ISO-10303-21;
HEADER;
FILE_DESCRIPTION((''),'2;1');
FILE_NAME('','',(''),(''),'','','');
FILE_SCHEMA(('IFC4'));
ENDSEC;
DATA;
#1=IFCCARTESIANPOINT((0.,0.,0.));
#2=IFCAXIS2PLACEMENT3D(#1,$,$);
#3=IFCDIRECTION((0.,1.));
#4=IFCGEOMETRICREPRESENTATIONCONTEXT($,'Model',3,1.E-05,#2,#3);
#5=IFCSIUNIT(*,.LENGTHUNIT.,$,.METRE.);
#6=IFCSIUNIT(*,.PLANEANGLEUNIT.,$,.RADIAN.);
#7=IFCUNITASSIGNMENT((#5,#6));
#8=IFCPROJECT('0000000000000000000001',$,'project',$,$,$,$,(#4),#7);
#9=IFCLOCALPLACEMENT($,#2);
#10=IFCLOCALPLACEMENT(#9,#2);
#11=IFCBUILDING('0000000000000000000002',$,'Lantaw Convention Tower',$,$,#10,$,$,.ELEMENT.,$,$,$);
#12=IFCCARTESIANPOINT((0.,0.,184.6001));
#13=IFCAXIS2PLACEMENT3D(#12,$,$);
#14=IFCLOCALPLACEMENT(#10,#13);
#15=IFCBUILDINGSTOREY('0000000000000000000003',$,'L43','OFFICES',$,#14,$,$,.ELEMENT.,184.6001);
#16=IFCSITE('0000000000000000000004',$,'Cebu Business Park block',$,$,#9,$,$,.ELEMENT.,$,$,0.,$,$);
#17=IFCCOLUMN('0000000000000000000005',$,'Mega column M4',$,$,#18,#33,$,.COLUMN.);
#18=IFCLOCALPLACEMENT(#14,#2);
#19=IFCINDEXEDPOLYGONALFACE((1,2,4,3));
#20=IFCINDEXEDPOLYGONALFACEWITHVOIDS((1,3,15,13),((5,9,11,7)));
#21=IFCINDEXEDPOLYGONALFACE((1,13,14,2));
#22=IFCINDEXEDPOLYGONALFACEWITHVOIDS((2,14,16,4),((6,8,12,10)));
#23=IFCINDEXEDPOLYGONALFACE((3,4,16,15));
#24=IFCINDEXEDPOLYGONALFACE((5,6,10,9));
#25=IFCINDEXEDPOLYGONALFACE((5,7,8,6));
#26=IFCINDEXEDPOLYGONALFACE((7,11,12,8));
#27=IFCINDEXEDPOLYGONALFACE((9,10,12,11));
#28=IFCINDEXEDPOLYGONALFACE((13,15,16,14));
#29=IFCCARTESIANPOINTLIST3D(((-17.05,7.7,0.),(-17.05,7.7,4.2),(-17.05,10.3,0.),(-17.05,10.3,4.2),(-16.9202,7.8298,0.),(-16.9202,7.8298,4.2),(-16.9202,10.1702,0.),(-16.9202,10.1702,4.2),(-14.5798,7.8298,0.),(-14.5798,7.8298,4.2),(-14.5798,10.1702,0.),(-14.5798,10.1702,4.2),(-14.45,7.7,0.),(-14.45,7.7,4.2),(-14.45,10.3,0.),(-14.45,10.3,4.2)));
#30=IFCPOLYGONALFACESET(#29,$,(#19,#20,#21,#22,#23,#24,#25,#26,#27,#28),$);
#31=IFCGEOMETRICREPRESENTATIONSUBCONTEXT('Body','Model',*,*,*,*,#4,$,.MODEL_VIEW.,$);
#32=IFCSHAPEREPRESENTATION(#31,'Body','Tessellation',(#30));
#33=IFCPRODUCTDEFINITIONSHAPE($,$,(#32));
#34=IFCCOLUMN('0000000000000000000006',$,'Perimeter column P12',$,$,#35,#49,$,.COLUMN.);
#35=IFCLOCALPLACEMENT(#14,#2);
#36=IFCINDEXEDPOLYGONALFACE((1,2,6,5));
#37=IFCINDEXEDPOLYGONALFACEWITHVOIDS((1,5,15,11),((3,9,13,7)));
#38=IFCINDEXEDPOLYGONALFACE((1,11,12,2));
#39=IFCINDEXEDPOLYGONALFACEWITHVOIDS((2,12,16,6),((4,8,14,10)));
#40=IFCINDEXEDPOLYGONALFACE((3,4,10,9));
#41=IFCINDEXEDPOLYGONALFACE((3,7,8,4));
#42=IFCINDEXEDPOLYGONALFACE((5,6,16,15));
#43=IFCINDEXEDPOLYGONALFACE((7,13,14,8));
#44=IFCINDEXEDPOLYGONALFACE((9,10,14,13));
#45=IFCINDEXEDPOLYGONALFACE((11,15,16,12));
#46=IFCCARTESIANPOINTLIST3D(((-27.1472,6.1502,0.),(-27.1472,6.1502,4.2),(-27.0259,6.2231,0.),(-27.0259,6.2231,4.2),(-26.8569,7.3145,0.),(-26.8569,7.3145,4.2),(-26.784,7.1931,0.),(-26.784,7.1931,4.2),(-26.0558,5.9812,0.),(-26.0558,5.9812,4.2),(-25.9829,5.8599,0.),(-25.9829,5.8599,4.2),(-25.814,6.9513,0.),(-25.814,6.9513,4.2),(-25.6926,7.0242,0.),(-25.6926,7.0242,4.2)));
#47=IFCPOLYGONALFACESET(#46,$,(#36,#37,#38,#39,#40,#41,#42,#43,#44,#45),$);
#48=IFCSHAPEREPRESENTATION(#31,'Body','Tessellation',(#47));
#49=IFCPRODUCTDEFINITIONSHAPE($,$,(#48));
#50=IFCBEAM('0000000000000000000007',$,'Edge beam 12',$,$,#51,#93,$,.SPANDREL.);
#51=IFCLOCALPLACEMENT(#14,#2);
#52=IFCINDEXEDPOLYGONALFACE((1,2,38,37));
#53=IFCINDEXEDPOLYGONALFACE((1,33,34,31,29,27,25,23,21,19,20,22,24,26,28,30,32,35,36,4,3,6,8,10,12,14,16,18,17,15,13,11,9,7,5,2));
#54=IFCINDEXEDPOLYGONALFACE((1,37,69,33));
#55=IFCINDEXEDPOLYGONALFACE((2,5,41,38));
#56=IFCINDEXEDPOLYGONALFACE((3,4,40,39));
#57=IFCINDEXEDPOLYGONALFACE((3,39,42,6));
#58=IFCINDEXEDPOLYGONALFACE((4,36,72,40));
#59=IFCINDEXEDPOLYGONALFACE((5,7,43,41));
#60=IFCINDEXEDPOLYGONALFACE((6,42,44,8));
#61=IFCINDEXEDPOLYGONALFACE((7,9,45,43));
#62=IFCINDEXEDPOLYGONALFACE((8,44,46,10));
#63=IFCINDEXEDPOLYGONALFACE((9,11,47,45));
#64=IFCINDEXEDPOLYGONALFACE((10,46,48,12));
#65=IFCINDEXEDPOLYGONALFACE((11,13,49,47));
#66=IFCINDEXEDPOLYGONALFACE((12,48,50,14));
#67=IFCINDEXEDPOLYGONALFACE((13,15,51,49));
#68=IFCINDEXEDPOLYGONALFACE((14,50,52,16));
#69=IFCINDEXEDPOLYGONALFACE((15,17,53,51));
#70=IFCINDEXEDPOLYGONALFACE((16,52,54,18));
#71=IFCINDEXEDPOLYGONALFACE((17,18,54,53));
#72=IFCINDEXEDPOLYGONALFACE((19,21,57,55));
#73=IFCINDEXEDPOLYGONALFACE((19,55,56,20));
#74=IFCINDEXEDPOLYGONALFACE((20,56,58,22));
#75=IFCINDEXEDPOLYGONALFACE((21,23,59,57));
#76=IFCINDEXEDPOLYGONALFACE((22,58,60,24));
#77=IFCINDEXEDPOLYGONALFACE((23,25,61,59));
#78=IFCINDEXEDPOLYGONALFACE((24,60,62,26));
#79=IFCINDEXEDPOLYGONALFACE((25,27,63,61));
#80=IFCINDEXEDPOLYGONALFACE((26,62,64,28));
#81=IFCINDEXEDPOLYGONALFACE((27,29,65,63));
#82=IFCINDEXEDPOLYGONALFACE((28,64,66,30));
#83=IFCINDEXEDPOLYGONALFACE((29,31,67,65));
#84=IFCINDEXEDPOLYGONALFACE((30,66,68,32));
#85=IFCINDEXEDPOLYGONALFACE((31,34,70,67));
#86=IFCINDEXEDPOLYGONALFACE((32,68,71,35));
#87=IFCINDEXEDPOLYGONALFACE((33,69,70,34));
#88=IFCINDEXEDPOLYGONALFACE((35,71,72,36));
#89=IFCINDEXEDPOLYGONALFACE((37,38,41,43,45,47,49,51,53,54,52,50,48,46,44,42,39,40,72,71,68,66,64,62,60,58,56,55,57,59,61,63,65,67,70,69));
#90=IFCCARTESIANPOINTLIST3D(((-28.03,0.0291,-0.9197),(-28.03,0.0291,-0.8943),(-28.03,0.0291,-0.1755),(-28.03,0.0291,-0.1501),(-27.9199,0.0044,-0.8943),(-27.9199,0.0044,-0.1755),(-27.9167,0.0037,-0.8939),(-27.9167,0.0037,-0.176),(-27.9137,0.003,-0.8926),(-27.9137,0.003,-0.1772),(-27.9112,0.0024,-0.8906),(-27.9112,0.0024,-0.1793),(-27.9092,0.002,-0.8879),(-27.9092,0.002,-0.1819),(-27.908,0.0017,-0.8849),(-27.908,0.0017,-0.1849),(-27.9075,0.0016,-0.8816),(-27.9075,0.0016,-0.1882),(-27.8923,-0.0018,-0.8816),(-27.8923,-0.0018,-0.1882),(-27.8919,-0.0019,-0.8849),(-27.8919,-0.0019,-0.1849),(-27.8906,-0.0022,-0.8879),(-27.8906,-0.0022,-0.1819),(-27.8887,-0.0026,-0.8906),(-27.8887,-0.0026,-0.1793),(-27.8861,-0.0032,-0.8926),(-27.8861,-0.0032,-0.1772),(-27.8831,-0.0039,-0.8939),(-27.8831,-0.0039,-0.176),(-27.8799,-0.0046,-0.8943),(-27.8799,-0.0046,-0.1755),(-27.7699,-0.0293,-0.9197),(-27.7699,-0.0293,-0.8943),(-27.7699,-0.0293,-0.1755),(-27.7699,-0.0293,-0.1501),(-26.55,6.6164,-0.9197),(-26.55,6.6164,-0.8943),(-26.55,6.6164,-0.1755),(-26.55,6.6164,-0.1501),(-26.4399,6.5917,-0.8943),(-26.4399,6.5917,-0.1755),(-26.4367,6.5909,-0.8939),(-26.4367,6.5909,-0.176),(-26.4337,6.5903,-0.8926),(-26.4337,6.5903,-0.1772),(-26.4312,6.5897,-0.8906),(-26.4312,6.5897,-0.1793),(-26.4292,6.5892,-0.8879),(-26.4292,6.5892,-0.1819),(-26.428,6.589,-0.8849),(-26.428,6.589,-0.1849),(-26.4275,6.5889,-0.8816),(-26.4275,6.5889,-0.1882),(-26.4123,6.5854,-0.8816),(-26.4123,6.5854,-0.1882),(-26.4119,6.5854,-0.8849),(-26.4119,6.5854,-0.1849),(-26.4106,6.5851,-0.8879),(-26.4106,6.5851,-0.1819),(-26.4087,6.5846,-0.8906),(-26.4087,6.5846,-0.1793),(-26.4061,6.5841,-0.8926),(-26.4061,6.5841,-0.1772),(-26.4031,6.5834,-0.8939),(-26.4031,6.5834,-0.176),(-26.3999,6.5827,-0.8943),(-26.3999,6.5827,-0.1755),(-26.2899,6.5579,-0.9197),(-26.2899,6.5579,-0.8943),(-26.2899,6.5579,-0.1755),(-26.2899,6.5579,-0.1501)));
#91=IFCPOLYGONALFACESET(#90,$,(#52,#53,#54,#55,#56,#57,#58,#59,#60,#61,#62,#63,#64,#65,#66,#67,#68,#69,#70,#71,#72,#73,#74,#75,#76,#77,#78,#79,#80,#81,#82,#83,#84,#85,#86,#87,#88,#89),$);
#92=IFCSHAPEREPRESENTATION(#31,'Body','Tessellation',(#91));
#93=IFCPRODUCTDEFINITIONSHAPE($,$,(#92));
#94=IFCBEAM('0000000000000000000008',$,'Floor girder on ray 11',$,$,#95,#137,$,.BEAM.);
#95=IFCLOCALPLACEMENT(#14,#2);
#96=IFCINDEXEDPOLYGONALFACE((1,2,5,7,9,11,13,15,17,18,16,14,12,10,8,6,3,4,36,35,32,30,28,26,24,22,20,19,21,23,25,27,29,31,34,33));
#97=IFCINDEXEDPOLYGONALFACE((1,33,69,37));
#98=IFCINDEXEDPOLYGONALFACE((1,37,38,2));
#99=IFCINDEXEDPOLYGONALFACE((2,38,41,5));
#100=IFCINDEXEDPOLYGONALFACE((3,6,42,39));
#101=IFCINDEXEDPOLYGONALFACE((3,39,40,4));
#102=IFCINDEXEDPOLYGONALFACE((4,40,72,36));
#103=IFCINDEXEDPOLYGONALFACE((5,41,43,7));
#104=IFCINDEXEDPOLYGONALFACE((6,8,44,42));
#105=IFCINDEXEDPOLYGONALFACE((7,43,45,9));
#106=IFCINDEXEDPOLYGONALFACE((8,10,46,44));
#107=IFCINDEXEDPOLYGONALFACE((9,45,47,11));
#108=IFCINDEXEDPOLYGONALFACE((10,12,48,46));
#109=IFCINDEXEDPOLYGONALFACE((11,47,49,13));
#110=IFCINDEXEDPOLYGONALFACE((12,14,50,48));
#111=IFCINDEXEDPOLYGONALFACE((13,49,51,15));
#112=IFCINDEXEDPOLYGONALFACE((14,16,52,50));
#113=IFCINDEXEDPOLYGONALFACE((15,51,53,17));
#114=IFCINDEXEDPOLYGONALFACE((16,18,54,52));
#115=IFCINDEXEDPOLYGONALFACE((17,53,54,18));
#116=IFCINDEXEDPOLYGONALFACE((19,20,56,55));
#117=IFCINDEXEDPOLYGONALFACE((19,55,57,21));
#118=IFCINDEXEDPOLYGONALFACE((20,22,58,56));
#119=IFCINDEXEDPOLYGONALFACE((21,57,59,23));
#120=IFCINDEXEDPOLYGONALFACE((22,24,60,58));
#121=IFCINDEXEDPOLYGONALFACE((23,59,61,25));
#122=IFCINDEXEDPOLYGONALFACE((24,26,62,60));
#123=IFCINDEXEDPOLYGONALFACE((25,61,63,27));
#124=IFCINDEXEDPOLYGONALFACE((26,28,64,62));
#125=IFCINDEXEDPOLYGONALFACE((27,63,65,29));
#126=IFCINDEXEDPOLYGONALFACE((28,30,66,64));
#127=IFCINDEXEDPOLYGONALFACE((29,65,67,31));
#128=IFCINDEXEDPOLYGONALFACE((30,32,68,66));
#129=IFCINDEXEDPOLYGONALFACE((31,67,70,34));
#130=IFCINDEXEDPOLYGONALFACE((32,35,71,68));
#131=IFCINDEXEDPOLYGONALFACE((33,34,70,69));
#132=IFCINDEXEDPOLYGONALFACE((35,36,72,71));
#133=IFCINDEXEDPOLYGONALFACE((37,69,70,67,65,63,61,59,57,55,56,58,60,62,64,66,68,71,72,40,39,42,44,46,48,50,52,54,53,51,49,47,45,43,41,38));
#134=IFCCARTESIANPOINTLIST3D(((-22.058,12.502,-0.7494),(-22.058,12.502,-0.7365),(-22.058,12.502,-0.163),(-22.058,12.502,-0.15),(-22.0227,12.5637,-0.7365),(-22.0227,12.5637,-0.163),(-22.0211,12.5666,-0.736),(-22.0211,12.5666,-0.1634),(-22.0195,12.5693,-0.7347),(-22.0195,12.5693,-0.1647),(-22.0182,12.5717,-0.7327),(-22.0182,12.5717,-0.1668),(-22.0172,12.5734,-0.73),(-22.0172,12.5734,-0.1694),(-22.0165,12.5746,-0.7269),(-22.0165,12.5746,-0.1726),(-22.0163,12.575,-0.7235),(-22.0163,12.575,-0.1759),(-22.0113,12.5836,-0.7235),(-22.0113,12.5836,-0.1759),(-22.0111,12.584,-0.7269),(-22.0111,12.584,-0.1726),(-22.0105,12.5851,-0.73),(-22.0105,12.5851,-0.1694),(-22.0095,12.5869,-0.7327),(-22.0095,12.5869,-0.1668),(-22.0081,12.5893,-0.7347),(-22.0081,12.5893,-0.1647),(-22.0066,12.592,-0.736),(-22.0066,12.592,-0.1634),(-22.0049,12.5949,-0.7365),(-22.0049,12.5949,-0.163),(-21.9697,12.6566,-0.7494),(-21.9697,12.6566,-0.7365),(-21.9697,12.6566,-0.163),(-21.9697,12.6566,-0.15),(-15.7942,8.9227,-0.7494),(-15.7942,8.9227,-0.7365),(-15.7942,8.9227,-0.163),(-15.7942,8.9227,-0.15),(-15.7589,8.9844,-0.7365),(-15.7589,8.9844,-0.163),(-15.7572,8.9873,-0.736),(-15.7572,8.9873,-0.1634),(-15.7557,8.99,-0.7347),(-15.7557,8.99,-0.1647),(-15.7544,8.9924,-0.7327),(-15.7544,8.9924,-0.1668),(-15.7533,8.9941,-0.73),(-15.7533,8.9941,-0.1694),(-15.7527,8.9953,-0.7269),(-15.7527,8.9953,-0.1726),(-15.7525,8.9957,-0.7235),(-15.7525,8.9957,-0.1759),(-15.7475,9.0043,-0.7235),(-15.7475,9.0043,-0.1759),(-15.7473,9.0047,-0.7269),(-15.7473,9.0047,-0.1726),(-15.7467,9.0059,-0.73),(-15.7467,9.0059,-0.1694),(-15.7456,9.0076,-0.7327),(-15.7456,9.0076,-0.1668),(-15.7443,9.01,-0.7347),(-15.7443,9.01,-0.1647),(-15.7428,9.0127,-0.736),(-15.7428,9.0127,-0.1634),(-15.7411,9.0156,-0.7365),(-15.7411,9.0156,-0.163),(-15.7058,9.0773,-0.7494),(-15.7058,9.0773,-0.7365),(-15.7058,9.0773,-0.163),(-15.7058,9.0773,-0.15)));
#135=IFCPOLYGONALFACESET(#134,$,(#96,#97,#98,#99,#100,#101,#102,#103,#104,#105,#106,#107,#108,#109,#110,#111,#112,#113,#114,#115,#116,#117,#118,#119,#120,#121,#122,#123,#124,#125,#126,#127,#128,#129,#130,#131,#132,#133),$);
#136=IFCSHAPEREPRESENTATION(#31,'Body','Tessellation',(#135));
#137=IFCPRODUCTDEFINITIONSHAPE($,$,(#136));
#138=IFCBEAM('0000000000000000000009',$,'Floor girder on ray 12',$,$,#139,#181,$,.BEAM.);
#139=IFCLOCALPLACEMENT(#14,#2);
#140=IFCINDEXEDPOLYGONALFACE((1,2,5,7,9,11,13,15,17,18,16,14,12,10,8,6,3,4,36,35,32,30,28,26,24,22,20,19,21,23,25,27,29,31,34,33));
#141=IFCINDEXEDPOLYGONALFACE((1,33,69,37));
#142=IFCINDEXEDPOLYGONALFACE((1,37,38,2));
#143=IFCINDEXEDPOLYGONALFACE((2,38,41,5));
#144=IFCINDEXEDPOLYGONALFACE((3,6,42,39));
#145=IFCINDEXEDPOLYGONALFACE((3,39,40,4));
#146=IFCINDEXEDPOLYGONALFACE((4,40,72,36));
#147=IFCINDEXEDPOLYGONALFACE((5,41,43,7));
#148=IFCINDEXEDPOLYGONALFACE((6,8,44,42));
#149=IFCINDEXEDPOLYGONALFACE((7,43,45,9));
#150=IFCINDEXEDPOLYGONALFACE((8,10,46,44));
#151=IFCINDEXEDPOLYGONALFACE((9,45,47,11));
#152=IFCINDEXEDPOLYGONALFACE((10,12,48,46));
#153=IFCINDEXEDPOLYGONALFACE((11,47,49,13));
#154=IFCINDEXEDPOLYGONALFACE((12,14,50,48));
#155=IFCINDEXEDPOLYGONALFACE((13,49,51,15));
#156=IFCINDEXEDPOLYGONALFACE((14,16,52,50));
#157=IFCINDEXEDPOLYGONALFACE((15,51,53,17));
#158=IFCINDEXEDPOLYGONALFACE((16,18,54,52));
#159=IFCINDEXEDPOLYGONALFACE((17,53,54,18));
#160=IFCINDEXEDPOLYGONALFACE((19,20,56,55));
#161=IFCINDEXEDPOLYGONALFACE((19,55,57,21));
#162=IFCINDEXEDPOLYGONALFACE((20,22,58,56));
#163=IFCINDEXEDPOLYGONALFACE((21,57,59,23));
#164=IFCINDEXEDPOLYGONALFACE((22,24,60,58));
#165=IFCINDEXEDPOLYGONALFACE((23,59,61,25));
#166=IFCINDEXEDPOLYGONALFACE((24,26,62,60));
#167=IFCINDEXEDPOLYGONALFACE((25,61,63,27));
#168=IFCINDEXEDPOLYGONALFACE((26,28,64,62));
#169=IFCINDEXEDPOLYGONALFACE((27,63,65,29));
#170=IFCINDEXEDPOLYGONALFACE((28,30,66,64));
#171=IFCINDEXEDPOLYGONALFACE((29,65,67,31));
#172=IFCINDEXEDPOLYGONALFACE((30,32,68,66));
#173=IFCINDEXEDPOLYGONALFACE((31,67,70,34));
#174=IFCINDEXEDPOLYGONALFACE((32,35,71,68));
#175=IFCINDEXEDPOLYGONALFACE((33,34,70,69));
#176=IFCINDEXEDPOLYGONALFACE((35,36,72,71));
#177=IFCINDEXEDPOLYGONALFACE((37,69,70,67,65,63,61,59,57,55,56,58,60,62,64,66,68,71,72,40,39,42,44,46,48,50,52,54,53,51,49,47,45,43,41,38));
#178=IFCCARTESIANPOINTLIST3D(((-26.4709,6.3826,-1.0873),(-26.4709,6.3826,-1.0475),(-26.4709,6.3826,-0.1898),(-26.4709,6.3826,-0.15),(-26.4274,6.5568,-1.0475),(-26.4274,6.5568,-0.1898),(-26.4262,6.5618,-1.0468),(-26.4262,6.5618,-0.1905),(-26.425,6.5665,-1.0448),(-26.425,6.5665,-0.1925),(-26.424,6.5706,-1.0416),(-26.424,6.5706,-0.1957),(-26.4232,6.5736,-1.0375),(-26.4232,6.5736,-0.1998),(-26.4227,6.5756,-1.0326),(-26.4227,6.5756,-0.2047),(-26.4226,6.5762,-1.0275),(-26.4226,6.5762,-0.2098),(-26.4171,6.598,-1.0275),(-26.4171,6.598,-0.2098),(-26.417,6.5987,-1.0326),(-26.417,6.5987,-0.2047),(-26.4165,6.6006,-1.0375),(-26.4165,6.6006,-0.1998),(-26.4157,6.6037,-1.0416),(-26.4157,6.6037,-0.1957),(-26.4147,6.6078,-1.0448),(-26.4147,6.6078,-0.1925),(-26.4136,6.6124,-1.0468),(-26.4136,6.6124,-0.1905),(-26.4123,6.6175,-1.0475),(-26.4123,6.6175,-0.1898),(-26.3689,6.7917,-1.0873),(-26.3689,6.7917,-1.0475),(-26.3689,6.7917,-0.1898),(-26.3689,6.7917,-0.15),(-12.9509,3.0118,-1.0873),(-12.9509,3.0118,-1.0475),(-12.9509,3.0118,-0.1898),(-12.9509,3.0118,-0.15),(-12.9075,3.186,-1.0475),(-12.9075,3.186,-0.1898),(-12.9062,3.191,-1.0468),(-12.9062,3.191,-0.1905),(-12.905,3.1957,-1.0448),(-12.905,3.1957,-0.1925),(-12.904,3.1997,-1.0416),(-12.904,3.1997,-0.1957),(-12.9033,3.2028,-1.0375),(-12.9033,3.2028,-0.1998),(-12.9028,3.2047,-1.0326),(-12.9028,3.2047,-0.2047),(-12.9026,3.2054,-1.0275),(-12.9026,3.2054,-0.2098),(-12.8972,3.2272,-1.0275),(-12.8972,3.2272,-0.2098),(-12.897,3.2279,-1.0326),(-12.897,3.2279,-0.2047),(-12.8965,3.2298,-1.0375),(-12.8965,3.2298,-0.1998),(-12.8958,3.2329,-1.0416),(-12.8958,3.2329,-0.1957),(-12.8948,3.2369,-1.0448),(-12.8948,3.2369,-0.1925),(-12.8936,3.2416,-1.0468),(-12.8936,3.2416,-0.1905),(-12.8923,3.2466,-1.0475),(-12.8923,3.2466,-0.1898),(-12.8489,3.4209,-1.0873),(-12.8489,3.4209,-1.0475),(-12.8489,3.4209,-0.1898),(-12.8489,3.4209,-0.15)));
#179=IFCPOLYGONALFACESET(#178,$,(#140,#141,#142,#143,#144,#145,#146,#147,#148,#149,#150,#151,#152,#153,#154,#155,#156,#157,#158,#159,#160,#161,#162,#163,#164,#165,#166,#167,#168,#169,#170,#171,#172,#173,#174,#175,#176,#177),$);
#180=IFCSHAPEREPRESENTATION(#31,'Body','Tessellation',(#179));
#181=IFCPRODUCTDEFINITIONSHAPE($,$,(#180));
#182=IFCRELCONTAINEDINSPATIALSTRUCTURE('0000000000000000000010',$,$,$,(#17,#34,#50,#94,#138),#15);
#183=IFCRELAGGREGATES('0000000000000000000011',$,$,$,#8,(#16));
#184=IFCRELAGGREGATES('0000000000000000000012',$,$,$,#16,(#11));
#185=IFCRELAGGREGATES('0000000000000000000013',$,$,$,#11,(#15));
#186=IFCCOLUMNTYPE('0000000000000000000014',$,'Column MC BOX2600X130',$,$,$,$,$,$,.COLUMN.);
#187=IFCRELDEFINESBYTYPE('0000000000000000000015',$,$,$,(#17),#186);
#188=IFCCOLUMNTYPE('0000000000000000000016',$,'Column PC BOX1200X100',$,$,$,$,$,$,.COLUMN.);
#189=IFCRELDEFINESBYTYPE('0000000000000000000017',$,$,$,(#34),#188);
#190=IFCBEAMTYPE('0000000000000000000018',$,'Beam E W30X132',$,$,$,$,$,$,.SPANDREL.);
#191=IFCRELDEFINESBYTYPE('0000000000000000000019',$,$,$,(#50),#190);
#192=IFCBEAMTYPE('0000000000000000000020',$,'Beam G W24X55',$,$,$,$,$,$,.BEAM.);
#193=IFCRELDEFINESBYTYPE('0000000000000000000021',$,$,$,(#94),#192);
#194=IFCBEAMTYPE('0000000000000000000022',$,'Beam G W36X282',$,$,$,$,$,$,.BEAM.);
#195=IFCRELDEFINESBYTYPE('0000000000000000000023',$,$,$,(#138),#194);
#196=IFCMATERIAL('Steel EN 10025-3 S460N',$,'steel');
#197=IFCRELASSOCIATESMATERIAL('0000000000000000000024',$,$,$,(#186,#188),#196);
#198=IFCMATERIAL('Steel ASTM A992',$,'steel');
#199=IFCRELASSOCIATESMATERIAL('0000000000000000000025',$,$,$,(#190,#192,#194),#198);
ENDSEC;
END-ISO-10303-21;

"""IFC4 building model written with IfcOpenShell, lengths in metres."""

from ifc_helpers import new_model, si_unit, direction, frame, origin, origin_2d, place, context, subcontext, project, spatial, rectangle, hollow_rectangle, i_section, extrude, material, material_profile, profile_set, type_object, element, save


model = new_model("IFC4")

# Units and contexts
model_context = context("Model", 3, precision=1e-05, world=origin(), true_north=direction((0.0, 1.0)))
body_context = subcontext(model_context, "Body", "Model", "MODEL_VIEW")
ifc_project = project(units=[si_unit("LENGTHUNIT", "METRE"), si_unit("PLANEANGLEUNIT", "RADIAN")], contexts=[model_context])

# Site, building, storey
site_placement = place(None, origin())
site = spatial("IfcSite", under=ifc_project, at=site_placement, Name="Cebu Business Park block", CompositionType="ELEMENT", RefElevation=0.0)
building_placement = place(site_placement, origin())
building = spatial("IfcBuilding", under=site, at=building_placement, Name="Lantaw Convention Tower", CompositionType="ELEMENT")
storey_placement = place(building_placement, frame((0.0, 0.0, 184.6001)))
storey = spatial("IfcBuildingStorey", under=building, at=storey_placement, Name="L43", Description="OFFICES", CompositionType="ELEMENT", Elevation=184.6001)

# Columns
ifc_material_1 = material(Name="Steel EN 10025-3 S460N", Category="steel")
ifc_material_profile_1 = material_profile(ifc_material_1, hollow_rectangle(XDim=2.6001, YDim=2.6001, WallThickness=0.1299, at=origin_2d()), Name="BOX2600X130")
ifc_material_2 = material(Name="Concrete C60/75", Category="concrete")
ifc_material_profile_2 = material_profile(ifc_material_2, rectangle(XDim=2.3401, YDim=2.3401, at=origin_2d()), Name="Concrete fill of BOX2600X130")
ifc_profile_set_1 = profile_set([ifc_material_profile_1, ifc_material_profile_2], Name="Steel EN 10025-3 S460N")
column_type_1 = type_object("IfcColumnType", Name="Column MC BOX2600X130", PredefinedType="COLUMN", material=ifc_profile_set_1)
column_1_placement = place(storey_placement, frame((-15.75, 9.0, 0.0), z_axis=(0.0, 0.0, 1.0), x_axis=(1.0, 0.0, 0.0)))
element("IfcColumn", 1, at=column_1_placement, inside=storey, type_object=column_type_1, Name="Mega column M4", PredefinedType="COLUMN", context=body_context, shape_type="SweptSolid", body=[
    extrude(hollow_rectangle(XDim=2.6001, YDim=2.6001, WallThickness=0.1299, at=origin_2d()), origin(), (0.0, 0.0, 1.0), 4.2),
])
ifc_material_profile_3 = material_profile(ifc_material_1, hollow_rectangle(XDim=1.2, YDim=1.2, WallThickness=0.1001, at=origin_2d()), Name="BOX1200X100")
ifc_material_profile_4 = material_profile(ifc_material_2, rectangle(XDim=1.0, YDim=1.0, at=origin_2d()), Name="Concrete fill of BOX1200X100")
ifc_profile_set_2 = profile_set([ifc_material_profile_3, ifc_material_profile_4], Name="Steel EN 10025-3 S460N")
column_type_2 = type_object("IfcColumnType", Name="Column PC BOX1200X100", PredefinedType="COLUMN", material=ifc_profile_set_2)
column_2_placement = place(storey_placement, frame((-26.4199, 6.5872, 0.0), z_axis=(0.0, 0.0, 1.0), x_axis=(0.241922, 0.970296, 0.0)))
element("IfcColumn", 2, at=column_2_placement, inside=storey, type_object=column_type_2, Name="Perimeter column P12", PredefinedType="COLUMN", context=body_context, shape_type="SweptSolid", body=[
    extrude(hollow_rectangle(XDim=1.2, YDim=1.2, WallThickness=0.1001, at=origin_2d()), origin(), (0.0, 0.0, 1.0), 4.2),
])

# Beams
ifc_material_3 = material(Name="Steel ASTM A992", Category="steel")
ifc_material_profile_5 = material_profile(ifc_material_3, i_section(OverallWidth=0.2666, OverallDepth=0.7695, WebThickness=0.0156, FlangeThickness=0.0254, FilletRadius=0.0127, at=origin_2d()), Name="W30X132")
ifc_profile_set_3 = profile_set([ifc_material_profile_5], Name="Steel ASTM A992")
beam_type_1 = type_object("IfcBeamType", Name="Beam E W30X132", PredefinedType="SPANDREL", material=ifc_profile_set_3)
beam_1_placement = place(storey_placement, frame((-26.4199, 6.5872, -0.5349), z_axis=(-0.219212, -0.975677, 0.0), x_axis=(0.975677, -0.219212, 0.0)))
element("IfcBeam", 3, at=beam_1_placement, inside=storey, type_object=beam_type_1, Name="Edge beam 12", PredefinedType="SPANDREL", context=body_context, shape_type="SweptSolid", body=[
    extrude(i_section(OverallWidth=0.2666, OverallDepth=0.7695, WebThickness=0.0156, FlangeThickness=0.0254, FilletRadius=0.0127, at=origin_2d()), origin(), (0.0, 0.0, 1.0), 6.7515),
])
ifc_material_profile_6 = material_profile(ifc_material_3, i_section(OverallWidth=0.178, OverallDepth=0.5994, WebThickness=0.01, FlangeThickness=0.0129, FilletRadius=0.0129, at=origin_2d()), Name="W24X55")
ifc_profile_set_4 = profile_set([ifc_material_profile_6], Name="Steel ASTM A992")
beam_type_2 = type_object("IfcBeamType", Name="Beam G W24X55", PredefinedType="BEAM", material=ifc_profile_set_4)
beam_2_placement = place(storey_placement, frame((-15.75, 9.0, -0.4497), z_axis=(-0.868245, 0.496135, 0.0), x_axis=(-0.496135, -0.868245, 0.0)))
element("IfcBeam", 4, at=beam_2_placement, inside=storey, type_object=beam_type_2, Name="Floor girder on ray 11", PredefinedType="BEAM", context=body_context, shape_type="SweptSolid", body=[
    extrude(i_section(OverallWidth=0.178, OverallDepth=0.5994, WebThickness=0.01, FlangeThickness=0.0129, FilletRadius=0.0129, at=origin_2d()), origin(), (0.0, 0.0, 1.0), 7.2144),
])
ifc_material_profile_7 = material_profile(ifc_material_3, i_section(OverallWidth=0.4216, OverallDepth=0.9373, WebThickness=0.0225, FlangeThickness=0.0398, FilletRadius=0.02, at=origin_2d()), Name="W36X282")
ifc_profile_set_5 = profile_set([ifc_material_profile_7], Name="Steel ASTM A992")
beam_type_3 = type_object("IfcBeamType", Name="Beam G W36X282", PredefinedType="BEAM", material=ifc_profile_set_5)
beam_3_placement = place(storey_placement, frame((-12.8999, 3.2163, -0.6187), z_axis=(-0.970297, 0.241917, 0.0), x_axis=(-0.241917, -0.970297, 0.0)))
element("IfcBeam", 5, at=beam_3_placement, inside=storey, type_object=beam_type_3, Name="Floor girder on ray 12", PredefinedType="BEAM", context=body_context, shape_type="SweptSolid", body=[
    extrude(i_section(OverallWidth=0.4216, OverallDepth=0.9373, WebThickness=0.0225, FlangeThickness=0.0398, FilletRadius=0.02, at=origin_2d()), origin(), (0.0, 0.0, 1.0), 13.9338),
])

save(model, "model.ifc")
